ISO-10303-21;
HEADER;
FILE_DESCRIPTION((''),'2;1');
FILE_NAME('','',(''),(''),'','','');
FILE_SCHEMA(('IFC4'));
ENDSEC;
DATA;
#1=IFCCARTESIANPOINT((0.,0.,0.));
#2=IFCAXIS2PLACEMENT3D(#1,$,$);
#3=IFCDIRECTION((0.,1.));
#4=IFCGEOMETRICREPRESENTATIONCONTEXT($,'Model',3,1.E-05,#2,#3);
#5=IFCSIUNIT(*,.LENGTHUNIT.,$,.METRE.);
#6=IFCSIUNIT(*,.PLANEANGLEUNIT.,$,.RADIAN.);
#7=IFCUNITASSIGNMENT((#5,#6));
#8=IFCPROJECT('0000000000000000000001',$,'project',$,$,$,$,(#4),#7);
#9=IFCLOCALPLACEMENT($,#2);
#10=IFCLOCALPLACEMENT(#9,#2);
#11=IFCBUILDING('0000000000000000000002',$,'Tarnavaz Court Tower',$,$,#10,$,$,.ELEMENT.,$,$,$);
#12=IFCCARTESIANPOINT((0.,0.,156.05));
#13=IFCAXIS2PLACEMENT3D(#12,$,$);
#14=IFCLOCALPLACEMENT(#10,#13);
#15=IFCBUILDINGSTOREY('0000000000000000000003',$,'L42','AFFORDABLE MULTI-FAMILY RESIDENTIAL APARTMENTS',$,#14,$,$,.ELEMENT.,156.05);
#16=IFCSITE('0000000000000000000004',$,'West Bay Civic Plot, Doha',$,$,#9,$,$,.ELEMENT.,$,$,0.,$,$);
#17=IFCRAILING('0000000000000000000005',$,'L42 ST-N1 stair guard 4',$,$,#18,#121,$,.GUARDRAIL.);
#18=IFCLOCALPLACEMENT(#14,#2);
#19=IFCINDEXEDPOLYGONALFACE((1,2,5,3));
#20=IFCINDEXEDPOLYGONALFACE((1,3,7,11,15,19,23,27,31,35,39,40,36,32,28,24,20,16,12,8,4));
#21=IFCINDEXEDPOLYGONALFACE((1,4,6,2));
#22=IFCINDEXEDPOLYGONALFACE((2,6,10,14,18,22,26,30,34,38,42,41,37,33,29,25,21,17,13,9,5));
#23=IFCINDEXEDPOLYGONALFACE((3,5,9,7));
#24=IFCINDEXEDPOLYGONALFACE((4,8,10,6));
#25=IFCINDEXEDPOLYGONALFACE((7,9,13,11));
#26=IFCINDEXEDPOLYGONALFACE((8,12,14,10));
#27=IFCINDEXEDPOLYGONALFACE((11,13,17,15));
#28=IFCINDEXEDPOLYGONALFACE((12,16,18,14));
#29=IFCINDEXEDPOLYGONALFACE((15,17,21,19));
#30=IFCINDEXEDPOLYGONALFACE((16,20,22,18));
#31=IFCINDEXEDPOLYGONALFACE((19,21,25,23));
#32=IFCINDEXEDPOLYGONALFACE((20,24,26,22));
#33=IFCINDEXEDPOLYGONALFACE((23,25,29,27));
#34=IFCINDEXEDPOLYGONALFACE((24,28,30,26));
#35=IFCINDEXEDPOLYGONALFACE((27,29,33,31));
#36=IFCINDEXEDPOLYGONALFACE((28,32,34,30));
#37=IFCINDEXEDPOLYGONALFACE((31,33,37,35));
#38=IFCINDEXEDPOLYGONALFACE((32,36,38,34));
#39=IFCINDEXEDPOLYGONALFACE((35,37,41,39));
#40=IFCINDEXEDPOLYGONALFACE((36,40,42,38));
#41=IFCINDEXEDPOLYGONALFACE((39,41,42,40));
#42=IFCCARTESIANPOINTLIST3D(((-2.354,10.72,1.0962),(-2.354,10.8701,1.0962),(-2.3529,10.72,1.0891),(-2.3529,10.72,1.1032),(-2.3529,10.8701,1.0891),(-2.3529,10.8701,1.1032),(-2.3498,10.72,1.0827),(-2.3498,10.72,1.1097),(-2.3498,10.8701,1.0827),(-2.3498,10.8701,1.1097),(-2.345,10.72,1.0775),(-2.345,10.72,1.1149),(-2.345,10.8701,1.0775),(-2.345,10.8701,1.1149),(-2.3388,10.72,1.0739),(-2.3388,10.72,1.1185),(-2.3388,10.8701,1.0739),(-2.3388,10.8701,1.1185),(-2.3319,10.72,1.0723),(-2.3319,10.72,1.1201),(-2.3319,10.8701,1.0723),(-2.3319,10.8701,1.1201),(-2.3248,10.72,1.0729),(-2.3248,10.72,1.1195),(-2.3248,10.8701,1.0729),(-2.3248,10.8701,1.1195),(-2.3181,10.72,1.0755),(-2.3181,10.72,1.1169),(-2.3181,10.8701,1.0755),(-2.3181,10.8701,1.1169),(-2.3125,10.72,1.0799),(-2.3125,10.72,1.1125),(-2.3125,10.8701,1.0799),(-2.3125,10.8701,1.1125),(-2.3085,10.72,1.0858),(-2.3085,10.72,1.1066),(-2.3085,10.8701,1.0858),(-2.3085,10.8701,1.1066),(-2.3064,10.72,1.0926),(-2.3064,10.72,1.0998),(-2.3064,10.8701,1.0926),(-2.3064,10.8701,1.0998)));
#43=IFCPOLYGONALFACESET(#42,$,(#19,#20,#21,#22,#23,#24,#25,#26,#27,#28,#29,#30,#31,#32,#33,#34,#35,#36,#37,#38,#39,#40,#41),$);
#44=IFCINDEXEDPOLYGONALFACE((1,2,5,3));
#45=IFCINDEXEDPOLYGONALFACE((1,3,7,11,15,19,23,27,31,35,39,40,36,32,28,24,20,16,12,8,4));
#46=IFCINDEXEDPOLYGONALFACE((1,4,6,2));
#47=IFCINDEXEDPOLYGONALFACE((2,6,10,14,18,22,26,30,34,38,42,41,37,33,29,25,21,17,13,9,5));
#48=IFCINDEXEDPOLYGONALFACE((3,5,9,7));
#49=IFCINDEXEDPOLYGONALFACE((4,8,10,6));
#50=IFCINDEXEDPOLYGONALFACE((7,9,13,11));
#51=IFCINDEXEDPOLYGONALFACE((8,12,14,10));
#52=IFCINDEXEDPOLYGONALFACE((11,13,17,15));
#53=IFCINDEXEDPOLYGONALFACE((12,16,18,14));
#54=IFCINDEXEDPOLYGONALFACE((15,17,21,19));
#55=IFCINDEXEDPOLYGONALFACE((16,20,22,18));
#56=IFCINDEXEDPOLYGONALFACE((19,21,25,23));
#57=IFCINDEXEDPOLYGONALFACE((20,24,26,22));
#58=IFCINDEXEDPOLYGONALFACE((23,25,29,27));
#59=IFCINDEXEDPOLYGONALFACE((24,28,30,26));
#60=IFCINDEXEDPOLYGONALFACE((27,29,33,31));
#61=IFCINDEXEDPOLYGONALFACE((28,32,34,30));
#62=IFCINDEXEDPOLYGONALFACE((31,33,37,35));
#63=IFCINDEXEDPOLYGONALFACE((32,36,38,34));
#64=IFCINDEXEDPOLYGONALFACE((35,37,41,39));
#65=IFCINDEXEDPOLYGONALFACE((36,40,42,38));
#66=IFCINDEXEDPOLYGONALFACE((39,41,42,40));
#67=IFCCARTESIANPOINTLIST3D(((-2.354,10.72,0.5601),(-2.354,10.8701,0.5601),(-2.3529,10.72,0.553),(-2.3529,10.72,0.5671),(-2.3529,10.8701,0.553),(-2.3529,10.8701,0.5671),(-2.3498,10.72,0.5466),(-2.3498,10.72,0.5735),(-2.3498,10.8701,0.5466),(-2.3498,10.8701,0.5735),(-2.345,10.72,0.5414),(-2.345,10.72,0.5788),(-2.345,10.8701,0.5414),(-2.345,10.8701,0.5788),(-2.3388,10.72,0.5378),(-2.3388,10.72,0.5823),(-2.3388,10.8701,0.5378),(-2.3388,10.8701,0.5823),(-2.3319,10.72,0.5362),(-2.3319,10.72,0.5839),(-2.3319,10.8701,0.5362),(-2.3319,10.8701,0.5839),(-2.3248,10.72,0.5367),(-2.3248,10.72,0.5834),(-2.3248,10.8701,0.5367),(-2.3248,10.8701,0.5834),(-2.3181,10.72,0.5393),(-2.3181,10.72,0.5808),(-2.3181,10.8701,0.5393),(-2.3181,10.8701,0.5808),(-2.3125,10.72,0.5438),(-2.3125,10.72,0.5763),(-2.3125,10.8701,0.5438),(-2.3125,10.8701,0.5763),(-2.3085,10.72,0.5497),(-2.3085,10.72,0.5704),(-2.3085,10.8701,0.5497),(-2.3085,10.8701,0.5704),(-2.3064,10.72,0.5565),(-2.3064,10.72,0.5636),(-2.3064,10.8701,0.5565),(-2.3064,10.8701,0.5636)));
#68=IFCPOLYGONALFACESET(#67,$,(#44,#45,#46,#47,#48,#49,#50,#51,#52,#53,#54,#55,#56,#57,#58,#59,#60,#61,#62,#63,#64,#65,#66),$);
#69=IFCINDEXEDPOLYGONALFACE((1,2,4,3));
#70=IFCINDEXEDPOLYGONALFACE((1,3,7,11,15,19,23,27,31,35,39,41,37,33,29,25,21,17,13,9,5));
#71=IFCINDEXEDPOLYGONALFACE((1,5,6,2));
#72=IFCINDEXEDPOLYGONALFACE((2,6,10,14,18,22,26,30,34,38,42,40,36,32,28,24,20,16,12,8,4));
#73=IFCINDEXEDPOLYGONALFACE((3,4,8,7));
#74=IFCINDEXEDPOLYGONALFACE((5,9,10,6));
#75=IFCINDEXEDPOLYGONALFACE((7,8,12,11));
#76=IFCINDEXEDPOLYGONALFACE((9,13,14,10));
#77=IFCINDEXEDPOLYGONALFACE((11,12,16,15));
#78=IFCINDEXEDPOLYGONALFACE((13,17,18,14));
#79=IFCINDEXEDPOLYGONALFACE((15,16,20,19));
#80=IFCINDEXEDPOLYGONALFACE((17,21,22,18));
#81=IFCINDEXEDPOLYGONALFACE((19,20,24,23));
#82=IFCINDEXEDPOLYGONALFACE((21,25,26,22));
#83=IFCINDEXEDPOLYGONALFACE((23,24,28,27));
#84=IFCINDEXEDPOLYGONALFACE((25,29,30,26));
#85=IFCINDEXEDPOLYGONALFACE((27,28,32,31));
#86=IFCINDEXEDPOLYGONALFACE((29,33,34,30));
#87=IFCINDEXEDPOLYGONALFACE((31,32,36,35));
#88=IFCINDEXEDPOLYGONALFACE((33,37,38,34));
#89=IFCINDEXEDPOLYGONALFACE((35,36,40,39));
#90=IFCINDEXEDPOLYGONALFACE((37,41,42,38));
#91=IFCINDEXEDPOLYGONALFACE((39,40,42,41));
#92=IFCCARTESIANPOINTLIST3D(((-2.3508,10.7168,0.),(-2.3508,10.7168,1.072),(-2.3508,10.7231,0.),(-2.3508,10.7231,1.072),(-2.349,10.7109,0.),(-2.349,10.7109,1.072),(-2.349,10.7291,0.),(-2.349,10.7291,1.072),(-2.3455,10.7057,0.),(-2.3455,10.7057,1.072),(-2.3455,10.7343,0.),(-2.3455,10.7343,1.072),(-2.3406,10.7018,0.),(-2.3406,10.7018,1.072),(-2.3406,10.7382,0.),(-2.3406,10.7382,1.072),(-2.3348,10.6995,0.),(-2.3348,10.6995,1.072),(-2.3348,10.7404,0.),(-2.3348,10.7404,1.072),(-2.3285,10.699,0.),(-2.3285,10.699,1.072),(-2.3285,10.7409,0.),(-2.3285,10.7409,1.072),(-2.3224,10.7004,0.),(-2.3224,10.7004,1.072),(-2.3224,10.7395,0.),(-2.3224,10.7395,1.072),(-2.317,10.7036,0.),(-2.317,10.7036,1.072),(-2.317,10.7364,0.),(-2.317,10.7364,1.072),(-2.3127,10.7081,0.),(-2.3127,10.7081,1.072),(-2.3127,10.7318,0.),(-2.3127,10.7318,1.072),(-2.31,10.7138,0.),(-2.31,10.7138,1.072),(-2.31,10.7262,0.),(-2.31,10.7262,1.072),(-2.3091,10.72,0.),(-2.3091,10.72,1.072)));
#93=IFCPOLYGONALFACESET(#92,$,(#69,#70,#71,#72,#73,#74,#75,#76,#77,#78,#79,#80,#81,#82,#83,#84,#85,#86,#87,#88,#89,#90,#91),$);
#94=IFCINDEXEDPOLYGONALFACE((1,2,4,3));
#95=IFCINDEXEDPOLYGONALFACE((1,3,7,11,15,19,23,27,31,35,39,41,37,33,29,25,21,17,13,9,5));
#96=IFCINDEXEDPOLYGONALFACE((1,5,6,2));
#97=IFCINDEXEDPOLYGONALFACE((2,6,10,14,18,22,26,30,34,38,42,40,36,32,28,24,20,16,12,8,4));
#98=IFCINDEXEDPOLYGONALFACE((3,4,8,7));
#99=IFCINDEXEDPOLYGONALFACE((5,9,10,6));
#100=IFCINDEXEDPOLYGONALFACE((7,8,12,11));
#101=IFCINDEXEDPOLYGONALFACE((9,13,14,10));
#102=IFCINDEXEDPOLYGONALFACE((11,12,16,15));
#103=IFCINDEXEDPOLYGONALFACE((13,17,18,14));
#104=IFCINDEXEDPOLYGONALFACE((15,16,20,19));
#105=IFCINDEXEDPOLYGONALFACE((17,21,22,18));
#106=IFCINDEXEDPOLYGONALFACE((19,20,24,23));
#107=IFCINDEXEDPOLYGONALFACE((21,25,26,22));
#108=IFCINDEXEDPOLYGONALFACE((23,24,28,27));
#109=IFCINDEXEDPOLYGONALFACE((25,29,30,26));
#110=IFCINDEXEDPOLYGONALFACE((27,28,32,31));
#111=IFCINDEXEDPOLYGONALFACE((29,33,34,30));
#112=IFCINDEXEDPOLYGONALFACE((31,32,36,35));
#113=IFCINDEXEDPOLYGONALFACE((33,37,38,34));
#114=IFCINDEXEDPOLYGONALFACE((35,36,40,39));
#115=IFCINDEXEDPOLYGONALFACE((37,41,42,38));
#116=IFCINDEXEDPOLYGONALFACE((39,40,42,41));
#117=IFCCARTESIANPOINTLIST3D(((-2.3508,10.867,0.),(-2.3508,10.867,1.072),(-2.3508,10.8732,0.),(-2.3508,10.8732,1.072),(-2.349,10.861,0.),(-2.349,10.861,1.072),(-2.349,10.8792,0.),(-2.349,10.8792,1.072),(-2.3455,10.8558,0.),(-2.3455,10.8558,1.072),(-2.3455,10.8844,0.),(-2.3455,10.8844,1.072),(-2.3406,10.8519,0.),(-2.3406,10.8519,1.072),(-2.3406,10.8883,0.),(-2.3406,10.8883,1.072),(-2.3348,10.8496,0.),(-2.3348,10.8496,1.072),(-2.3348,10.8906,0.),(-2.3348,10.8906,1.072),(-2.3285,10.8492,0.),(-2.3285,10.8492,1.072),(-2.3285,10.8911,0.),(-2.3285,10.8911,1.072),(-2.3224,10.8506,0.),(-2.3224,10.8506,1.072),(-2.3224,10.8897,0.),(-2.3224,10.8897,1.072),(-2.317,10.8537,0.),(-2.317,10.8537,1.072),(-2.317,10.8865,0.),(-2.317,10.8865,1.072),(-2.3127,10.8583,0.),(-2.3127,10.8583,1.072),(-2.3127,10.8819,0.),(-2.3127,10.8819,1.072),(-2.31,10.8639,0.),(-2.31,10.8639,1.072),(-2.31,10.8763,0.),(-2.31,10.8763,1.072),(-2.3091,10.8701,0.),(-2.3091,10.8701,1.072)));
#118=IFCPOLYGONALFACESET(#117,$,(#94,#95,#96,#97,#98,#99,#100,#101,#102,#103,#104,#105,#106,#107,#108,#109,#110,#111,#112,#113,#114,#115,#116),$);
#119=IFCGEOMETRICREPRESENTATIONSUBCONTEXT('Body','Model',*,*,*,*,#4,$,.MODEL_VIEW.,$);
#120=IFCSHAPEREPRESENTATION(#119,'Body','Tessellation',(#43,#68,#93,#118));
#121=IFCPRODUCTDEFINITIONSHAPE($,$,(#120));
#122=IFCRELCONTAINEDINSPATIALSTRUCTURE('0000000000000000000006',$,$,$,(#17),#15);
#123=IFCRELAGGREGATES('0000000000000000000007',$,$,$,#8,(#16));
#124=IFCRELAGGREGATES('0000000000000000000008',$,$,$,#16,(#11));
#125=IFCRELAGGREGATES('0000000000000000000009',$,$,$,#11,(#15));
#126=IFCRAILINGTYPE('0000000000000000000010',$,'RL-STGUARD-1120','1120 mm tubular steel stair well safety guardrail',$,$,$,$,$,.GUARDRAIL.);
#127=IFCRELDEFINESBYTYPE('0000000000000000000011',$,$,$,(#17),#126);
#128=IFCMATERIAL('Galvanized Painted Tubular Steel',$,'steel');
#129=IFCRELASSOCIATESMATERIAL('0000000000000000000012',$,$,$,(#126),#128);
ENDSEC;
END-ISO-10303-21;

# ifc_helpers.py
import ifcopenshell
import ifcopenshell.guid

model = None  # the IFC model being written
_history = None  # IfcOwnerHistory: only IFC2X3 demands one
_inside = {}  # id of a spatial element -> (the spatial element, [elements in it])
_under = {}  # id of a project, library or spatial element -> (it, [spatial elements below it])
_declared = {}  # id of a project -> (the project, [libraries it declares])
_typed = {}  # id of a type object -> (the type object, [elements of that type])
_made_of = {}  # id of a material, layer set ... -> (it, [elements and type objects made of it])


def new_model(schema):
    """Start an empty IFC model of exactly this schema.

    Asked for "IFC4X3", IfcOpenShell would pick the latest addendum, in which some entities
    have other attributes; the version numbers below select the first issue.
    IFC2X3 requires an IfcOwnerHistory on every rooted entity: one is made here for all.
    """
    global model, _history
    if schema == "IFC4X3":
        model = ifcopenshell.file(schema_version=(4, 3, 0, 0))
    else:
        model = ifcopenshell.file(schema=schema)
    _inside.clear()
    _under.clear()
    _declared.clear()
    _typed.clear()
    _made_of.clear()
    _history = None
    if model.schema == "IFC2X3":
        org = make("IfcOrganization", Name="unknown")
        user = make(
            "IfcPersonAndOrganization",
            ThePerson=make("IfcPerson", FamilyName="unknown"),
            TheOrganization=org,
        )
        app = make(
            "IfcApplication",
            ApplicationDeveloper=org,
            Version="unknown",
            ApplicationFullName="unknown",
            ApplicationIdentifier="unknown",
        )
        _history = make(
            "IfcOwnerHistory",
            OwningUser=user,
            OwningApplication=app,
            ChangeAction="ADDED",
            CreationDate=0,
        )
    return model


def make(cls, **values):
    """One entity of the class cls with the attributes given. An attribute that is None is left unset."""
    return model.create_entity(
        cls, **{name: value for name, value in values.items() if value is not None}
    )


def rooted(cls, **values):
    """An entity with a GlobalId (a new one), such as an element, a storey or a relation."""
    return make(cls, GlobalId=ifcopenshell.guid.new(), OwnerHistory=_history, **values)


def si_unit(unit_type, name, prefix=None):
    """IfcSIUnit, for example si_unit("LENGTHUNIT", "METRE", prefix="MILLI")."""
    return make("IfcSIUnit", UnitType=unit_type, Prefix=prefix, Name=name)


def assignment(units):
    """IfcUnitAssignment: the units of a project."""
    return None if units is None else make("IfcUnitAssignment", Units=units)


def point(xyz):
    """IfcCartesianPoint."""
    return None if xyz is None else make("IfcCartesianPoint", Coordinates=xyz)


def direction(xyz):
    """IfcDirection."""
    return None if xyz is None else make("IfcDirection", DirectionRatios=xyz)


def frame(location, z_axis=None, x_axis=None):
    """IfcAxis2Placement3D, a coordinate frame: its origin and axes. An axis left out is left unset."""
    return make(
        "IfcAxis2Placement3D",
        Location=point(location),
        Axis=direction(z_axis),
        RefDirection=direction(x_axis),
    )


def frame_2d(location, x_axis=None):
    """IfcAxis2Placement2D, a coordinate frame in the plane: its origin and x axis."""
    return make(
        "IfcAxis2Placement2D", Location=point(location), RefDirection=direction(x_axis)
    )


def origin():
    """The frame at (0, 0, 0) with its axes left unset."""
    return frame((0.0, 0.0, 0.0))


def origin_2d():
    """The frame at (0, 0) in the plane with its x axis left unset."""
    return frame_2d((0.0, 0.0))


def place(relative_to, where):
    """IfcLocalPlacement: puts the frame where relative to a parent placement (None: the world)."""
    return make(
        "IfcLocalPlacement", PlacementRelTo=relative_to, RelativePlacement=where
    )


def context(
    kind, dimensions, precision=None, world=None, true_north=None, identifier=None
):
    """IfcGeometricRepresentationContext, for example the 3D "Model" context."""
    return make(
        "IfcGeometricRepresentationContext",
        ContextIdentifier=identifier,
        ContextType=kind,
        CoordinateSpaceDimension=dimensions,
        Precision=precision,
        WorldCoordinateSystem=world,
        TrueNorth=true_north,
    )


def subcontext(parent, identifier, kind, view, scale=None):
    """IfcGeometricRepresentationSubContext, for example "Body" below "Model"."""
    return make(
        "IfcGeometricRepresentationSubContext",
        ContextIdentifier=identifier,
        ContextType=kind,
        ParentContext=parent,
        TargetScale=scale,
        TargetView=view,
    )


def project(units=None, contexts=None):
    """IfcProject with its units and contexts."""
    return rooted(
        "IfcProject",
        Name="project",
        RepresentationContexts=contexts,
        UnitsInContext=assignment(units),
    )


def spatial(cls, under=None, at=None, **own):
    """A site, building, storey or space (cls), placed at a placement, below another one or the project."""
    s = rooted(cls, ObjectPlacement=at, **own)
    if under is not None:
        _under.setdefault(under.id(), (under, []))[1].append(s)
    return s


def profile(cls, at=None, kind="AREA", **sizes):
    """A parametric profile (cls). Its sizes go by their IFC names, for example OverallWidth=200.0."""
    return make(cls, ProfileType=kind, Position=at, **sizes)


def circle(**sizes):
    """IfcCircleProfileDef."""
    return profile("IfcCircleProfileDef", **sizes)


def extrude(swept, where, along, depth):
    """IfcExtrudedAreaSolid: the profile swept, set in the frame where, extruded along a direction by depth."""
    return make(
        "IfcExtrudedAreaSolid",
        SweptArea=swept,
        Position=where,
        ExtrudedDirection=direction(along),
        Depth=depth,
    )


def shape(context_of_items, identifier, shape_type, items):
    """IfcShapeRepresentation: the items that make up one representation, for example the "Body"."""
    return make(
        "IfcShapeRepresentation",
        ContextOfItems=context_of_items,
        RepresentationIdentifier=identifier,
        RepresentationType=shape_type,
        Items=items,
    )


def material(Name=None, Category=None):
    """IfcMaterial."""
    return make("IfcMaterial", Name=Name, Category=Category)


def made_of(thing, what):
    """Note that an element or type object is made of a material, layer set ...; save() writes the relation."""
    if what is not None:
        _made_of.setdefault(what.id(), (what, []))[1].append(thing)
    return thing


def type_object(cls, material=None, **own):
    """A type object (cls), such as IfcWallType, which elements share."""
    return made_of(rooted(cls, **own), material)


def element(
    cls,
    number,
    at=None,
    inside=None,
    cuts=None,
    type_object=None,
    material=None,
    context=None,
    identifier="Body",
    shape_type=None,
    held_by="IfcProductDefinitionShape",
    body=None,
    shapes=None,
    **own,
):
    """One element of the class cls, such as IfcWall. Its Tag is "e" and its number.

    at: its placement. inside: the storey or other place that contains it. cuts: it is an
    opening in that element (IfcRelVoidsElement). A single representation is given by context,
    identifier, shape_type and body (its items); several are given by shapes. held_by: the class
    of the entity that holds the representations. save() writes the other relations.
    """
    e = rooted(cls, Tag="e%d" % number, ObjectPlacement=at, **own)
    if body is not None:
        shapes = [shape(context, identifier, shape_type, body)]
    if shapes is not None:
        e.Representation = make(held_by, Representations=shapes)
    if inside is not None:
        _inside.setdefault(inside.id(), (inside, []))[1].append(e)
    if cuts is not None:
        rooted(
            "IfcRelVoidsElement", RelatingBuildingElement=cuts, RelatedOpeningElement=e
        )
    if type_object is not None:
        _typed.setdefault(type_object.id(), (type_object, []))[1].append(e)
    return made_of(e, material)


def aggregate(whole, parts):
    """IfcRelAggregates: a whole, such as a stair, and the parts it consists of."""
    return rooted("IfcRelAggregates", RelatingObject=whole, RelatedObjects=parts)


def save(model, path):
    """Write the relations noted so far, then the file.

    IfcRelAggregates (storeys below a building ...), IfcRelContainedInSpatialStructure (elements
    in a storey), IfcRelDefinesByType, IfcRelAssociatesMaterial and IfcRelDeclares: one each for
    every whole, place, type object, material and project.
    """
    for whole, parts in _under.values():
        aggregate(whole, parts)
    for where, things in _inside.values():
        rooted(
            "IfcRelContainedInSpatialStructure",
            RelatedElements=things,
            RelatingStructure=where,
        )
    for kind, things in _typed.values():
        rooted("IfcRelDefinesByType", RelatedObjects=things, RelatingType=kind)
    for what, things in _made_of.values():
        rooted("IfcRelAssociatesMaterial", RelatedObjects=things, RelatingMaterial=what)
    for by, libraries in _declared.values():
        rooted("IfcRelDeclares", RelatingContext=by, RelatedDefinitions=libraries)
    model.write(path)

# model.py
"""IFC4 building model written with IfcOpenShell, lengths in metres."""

from ifc_helpers import new_model, si_unit, direction, frame, origin, origin_2d, place, context, subcontext, project, spatial, circle, extrude, material, type_object, element, save


model = new_model("IFC4")

# Units and contexts
model_context = context("Model", 3, precision=1e-05, world=origin(), true_north=direction((0.0, 1.0)))
body_context = subcontext(model_context, "Body", "Model", "MODEL_VIEW")
ifc_project = project(units=[si_unit("LENGTHUNIT", "METRE"), si_unit("PLANEANGLEUNIT", "RADIAN")], contexts=[model_context])

# Site, building, storey
site_placement = place(None, origin())
site = spatial("IfcSite", under=ifc_project, at=site_placement, Name="West Bay Civic Plot, Doha", CompositionType="ELEMENT", RefElevation=0.0)
building_placement = place(site_placement, origin())
building = spatial("IfcBuilding", under=site, at=building_placement, Name="Tarnavaz Court Tower", CompositionType="ELEMENT")
storey_placement = place(building_placement, frame((0.0, 0.0, 156.05)))
storey = spatial("IfcBuildingStorey", under=building, at=storey_placement, Name="L42", Description="AFFORDABLE MULTI-FAMILY RESIDENTIAL APARTMENTS", CompositionType="ELEMENT", Elevation=156.05)

# Railing
ifc_material_1 = material(Name="Galvanized Painted Tubular Steel", Category="steel")
railing_type_1 = type_object("IfcRailingType", Name="RL-STGUARD-1120", Description="1120 mm tubular steel stair well safety guardrail", PredefinedType="GUARDRAIL", material=ifc_material_1)
railing_1_placement = place(storey_placement, frame((-2.3301, 10.72, 0.0)))
element("IfcRailing", 1, at=railing_1_placement, inside=storey, type_object=railing_type_1, Name="L42 ST-N1 stair guard 4", PredefinedType="GUARDRAIL", context=body_context, shape_type="SweptSolid", body=[
    extrude(circle(Radius=0.0239, at=origin_2d()), frame((0.0, 0.0, 1.0962), z_axis=(0.0, 1.0, 0.0), x_axis=(-1.0, 0.0, 0.0)), (0.0, 0.0, 1.0), 0.1501),
    extrude(circle(Radius=0.0239, at=origin_2d()), frame((0.0, 0.0, 0.5601), z_axis=(0.0, 1.0, 0.0), x_axis=(-1.0, 0.0, 0.0)), (0.0, 0.0, 1.0), 0.1501),
    extrude(circle(Radius=0.021, at=origin_2d()), origin(), (0.0, 0.0, 1.0), 1.072),
    extrude(circle(Radius=0.021, at=origin_2d()), frame((0.0, 0.1501, 0.0)), (0.0, 0.0, 1.0), 1.072),
])

save(model, "model.ifc")
